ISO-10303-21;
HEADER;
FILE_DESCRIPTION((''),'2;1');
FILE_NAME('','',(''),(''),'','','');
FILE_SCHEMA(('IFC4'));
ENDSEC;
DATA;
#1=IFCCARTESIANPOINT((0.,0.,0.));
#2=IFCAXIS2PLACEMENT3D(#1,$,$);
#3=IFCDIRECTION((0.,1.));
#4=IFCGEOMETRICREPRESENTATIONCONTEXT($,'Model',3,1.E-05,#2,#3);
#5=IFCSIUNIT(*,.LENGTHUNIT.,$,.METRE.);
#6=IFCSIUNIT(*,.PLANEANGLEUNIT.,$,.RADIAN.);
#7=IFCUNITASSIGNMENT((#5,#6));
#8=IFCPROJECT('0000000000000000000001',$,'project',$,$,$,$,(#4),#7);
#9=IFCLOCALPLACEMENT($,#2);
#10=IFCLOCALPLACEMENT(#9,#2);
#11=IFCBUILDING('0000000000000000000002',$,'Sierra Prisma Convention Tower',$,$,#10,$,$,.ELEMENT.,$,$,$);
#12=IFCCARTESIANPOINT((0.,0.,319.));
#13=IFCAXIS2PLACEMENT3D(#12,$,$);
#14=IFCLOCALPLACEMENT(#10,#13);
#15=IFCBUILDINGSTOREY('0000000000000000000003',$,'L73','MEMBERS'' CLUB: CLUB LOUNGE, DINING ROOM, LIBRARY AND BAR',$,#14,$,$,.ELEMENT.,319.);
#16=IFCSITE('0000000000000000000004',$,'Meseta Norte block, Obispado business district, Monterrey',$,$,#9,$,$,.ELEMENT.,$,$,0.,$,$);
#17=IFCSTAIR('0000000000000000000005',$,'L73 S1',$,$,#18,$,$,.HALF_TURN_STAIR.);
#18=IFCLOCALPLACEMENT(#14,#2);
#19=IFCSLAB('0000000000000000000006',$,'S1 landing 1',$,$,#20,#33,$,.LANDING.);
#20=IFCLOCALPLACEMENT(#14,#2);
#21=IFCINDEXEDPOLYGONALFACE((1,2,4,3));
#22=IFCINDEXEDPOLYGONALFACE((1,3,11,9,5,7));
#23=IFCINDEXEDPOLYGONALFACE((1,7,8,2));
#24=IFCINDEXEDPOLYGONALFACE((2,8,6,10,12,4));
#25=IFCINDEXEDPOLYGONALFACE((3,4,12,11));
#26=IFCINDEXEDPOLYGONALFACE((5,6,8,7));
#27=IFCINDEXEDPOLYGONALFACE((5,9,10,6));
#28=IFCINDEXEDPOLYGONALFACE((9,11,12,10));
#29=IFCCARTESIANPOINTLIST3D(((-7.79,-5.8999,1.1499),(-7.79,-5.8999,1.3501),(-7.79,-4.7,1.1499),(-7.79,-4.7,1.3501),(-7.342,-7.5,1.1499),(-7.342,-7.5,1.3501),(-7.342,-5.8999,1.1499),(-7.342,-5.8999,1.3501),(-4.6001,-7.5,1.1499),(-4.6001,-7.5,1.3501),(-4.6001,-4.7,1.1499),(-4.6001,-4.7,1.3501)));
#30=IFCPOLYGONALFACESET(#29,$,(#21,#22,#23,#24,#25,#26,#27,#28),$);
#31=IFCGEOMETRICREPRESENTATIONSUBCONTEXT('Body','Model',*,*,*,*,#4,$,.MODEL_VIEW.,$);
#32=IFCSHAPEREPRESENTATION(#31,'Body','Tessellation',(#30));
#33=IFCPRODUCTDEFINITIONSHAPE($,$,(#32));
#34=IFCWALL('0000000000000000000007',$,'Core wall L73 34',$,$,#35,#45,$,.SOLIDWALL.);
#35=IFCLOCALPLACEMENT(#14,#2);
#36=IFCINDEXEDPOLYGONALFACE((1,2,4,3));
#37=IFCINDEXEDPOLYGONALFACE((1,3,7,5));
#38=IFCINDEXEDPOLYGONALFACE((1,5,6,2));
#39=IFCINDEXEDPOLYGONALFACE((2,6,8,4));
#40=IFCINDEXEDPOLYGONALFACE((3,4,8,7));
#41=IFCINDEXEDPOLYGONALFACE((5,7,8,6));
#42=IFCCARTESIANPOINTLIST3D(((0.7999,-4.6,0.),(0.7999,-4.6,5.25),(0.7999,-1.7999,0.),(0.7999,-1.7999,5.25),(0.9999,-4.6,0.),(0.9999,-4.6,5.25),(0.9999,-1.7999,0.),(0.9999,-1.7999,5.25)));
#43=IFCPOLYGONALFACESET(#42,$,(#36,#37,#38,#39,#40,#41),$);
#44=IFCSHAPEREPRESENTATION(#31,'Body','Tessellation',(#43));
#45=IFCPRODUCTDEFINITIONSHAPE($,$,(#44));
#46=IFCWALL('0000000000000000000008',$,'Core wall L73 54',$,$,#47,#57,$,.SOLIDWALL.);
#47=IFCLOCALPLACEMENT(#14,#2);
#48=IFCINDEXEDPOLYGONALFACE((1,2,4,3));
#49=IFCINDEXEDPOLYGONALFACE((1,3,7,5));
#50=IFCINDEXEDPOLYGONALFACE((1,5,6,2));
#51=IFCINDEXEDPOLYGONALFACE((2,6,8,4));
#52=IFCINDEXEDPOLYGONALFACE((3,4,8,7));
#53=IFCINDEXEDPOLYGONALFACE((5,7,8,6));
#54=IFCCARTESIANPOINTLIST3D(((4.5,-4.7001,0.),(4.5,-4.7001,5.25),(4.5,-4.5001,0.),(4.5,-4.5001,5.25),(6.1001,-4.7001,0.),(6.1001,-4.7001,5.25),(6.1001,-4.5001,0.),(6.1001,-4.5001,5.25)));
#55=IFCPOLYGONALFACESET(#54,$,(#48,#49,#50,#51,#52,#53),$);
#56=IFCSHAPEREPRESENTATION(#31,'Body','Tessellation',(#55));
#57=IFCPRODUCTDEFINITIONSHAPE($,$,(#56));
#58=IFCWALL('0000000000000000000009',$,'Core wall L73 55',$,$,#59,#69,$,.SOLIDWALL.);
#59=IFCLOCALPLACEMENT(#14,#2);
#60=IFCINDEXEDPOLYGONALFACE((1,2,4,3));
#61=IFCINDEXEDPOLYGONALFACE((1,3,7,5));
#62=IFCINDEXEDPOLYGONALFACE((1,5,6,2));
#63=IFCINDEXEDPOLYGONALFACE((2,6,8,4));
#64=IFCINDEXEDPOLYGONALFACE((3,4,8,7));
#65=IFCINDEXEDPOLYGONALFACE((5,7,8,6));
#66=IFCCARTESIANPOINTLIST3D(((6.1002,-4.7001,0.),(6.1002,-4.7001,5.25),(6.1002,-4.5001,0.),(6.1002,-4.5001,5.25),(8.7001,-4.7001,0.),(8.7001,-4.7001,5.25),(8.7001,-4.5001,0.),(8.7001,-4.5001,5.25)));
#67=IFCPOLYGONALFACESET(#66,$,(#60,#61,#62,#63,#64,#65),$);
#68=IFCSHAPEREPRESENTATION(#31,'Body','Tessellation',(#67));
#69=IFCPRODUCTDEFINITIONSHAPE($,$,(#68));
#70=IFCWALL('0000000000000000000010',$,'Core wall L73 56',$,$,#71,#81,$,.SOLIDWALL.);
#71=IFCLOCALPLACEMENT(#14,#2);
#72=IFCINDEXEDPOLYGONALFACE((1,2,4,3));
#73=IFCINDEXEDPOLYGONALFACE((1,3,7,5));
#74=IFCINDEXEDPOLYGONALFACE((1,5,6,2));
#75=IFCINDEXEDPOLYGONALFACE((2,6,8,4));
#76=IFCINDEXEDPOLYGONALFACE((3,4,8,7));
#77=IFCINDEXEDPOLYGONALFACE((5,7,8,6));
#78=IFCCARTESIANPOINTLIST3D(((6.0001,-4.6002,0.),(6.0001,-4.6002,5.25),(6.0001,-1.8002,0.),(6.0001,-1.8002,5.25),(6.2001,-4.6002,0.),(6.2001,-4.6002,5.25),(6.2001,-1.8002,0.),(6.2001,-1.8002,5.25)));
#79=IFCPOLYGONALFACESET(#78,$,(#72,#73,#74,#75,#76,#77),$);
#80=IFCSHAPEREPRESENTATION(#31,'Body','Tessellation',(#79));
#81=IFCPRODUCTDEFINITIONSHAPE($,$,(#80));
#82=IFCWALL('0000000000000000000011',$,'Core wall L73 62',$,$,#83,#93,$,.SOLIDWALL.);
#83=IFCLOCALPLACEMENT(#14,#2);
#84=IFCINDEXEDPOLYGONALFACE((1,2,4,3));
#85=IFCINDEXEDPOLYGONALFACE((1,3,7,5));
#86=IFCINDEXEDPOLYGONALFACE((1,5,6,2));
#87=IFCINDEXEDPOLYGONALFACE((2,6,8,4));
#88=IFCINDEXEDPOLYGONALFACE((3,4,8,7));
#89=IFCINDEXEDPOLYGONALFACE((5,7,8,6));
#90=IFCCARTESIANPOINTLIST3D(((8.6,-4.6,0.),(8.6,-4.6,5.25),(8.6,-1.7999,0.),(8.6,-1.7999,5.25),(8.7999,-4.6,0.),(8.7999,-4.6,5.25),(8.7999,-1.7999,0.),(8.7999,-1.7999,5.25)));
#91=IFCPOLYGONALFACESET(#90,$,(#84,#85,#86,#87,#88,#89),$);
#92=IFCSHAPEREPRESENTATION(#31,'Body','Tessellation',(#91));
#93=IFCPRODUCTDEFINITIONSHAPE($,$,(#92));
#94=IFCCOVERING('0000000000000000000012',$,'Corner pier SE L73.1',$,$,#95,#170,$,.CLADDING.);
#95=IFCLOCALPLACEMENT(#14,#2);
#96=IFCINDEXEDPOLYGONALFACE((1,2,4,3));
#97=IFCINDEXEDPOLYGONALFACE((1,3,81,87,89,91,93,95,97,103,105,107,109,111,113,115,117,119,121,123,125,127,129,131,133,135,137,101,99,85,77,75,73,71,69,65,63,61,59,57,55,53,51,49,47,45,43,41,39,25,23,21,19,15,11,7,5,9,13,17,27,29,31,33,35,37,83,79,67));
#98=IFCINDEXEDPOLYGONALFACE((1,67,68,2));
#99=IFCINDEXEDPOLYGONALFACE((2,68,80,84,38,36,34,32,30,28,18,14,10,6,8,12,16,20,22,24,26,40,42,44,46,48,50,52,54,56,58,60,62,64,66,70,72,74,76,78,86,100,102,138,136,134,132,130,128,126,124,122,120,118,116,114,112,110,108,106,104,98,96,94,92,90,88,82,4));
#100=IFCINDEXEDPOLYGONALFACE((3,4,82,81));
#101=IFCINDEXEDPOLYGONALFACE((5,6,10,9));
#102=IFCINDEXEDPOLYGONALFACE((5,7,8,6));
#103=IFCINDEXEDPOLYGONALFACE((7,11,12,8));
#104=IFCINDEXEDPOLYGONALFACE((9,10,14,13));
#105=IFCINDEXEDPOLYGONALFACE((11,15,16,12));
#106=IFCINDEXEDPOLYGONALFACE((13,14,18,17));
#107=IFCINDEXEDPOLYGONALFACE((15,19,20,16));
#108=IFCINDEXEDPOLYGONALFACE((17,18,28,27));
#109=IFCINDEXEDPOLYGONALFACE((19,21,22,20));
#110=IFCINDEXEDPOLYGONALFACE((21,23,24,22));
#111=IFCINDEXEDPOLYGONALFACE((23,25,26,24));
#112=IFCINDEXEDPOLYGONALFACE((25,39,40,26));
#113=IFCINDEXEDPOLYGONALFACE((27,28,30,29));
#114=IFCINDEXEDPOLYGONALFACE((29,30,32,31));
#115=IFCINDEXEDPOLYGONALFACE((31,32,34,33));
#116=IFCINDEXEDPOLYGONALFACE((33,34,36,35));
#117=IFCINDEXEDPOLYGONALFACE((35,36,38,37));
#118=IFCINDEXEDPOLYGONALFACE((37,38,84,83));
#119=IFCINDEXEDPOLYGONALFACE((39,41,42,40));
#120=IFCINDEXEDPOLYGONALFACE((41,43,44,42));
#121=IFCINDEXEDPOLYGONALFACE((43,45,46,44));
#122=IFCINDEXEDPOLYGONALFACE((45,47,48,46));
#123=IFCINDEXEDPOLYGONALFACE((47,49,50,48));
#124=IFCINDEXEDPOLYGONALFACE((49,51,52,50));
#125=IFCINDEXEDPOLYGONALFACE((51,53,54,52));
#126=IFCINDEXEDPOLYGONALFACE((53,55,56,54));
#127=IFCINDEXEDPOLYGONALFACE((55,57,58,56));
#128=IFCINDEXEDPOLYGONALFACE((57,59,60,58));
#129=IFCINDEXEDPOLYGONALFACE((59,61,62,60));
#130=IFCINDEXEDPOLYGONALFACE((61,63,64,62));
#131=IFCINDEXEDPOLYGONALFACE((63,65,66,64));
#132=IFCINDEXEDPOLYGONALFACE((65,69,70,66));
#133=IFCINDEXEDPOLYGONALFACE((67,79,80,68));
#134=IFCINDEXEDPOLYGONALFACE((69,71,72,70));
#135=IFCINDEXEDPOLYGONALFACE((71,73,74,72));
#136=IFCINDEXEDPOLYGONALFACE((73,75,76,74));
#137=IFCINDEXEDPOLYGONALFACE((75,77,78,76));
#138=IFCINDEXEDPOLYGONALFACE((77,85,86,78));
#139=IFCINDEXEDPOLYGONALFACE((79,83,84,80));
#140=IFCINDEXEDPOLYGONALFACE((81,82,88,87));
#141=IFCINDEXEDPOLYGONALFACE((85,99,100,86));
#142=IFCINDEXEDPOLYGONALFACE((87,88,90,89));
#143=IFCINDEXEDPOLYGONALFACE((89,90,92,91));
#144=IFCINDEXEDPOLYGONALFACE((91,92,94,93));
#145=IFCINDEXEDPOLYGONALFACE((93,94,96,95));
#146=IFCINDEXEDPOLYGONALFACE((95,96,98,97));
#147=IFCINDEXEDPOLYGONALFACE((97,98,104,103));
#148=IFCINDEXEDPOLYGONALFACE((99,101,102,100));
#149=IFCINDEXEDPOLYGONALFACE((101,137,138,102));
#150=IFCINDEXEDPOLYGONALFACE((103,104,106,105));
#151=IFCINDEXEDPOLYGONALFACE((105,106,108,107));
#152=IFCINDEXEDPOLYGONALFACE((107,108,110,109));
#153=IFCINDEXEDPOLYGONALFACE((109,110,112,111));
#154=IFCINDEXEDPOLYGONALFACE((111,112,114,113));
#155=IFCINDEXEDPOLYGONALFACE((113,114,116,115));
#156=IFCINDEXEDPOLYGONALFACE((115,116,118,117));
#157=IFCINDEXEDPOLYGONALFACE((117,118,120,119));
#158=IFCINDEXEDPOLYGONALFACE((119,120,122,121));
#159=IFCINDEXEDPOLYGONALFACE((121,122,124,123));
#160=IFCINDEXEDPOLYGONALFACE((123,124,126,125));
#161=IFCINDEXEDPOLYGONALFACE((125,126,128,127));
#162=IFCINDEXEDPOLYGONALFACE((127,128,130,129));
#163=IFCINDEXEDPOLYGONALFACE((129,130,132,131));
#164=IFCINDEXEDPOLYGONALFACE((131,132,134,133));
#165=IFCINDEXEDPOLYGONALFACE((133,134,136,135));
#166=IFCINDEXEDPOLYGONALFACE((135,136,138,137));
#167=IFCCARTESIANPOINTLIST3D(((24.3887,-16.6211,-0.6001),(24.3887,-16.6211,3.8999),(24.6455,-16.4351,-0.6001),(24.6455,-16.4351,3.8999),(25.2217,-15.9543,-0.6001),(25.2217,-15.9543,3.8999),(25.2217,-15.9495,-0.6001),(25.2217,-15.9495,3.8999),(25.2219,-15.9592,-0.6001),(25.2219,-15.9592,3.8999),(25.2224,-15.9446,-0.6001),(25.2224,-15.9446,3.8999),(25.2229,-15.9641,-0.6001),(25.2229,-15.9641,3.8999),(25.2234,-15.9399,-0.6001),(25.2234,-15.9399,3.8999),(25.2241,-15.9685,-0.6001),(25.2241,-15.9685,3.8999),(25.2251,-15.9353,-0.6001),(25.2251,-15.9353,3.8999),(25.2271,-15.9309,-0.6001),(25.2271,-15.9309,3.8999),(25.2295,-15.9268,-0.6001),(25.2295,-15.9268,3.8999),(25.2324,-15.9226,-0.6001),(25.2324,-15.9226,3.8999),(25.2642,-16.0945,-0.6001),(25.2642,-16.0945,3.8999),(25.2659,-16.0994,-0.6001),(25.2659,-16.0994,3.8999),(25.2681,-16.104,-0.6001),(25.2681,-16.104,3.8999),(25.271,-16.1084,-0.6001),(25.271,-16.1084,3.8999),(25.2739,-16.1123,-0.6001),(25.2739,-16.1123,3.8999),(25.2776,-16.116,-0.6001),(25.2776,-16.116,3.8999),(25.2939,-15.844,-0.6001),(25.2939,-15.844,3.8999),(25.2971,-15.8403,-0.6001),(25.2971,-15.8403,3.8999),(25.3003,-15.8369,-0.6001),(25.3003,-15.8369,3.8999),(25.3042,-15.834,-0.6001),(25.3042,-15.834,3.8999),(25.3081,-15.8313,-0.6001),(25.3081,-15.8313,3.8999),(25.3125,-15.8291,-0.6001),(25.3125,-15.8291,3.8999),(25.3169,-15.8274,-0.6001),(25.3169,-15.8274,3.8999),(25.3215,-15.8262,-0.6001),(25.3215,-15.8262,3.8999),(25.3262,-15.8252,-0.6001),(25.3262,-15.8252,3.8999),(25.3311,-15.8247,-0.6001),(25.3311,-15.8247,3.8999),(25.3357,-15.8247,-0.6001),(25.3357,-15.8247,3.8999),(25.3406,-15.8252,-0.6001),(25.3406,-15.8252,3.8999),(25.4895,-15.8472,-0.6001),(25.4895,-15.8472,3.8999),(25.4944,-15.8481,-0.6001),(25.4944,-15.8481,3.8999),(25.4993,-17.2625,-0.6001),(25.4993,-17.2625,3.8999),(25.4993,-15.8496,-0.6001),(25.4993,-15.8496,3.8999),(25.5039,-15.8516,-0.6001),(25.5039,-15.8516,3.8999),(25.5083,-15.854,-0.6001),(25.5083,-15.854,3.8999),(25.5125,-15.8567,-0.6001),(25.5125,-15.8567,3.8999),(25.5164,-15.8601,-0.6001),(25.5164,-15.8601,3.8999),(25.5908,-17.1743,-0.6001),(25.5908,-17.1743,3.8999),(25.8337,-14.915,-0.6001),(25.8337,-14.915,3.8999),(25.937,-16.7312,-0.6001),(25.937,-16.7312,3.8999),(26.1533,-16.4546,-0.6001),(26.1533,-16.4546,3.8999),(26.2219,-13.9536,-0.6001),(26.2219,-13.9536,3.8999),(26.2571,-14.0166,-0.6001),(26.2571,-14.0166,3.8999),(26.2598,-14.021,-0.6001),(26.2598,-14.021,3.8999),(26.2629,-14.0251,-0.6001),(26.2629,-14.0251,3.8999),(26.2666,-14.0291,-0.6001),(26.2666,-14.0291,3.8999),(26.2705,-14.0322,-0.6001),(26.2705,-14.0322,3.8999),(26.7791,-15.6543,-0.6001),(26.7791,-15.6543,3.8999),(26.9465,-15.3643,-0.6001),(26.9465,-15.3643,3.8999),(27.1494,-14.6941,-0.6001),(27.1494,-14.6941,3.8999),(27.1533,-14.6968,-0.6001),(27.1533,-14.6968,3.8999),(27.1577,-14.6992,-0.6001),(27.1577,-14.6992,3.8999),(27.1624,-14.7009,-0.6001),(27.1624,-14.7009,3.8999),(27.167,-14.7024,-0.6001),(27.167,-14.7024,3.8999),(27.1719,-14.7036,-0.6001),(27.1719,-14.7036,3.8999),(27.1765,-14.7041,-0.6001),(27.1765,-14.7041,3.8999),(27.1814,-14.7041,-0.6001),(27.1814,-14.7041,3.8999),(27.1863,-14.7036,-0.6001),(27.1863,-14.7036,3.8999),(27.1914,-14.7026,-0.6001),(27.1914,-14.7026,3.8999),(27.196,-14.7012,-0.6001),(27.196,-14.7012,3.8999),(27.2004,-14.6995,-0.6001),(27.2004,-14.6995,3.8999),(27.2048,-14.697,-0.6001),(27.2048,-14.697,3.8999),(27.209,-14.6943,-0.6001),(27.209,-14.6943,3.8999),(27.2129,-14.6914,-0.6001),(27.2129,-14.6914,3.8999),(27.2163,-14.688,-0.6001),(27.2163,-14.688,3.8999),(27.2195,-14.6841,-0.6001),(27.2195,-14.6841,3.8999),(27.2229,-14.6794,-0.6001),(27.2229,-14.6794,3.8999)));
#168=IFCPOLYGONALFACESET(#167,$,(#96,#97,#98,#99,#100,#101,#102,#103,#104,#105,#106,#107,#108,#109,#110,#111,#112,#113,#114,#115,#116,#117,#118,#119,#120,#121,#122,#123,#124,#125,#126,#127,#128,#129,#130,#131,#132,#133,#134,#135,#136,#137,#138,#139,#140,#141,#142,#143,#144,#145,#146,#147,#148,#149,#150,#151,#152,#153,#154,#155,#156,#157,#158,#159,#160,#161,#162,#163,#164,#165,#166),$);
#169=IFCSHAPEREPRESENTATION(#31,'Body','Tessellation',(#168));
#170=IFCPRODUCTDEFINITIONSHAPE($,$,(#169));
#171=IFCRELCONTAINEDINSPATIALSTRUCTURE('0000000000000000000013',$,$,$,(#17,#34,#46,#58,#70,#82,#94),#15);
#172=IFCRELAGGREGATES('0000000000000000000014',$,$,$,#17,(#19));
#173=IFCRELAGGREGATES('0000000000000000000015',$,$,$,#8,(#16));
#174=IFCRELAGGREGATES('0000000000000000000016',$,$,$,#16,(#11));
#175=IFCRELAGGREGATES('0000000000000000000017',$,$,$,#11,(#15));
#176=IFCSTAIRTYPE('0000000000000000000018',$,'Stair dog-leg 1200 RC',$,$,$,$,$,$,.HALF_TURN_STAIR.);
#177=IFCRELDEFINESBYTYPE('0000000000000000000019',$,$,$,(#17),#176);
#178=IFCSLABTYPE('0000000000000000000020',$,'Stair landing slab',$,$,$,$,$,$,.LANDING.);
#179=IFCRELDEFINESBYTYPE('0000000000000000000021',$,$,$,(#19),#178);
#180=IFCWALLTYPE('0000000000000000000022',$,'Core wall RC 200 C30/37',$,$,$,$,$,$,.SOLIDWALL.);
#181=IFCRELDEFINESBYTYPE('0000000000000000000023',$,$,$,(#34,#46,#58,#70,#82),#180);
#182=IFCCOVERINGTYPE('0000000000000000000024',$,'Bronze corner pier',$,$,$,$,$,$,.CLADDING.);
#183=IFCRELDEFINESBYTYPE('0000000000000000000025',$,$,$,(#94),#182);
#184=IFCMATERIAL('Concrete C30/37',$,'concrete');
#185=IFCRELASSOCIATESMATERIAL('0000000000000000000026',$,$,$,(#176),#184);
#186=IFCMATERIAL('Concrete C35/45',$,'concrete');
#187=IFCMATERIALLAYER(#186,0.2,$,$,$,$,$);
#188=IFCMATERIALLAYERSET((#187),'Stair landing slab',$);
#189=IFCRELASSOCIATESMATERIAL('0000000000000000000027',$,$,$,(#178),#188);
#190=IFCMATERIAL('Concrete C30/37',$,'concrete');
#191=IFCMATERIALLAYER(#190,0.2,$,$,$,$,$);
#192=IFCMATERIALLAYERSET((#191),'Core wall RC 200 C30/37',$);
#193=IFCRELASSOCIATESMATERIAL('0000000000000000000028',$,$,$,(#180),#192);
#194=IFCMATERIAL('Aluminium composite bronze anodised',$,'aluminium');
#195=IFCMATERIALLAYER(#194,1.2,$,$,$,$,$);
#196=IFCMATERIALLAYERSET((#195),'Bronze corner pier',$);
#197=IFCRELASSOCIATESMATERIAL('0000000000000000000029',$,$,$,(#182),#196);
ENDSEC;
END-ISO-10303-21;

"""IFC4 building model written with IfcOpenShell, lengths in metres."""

from ifc_helpers import new_model, si_unit, direction, frame, frame_2d, origin, place, context, subcontext, project, spatial, polyline, rectangle, outline, extrude, material, layer, layer_set, type_object, element, aggregate, save


model = new_model("IFC4")

# Units and contexts
model_context = context("Model", 3, precision=1e-05, world=origin(), true_north=direction((0.0, 1.0)))
body_context = subcontext(model_context, "Body", "Model", "MODEL_VIEW")
ifc_project = project(units=[si_unit("LENGTHUNIT", "METRE"), si_unit("PLANEANGLEUNIT", "RADIAN")], contexts=[model_context])

# Site, building, storey
site_placement = place(None, origin())
site = spatial("IfcSite", under=ifc_project, at=site_placement, Name="Meseta Norte block, Obispado business district, Monterrey", CompositionType="ELEMENT", RefElevation=0.0)
building_placement = place(site_placement, origin())
building = spatial("IfcBuilding", under=site, at=building_placement, Name="Sierra Prisma Convention Tower", CompositionType="ELEMENT")
storey_placement = place(building_placement, frame((0.0, 0.0, 319.0)))
storey = spatial("IfcBuildingStorey", under=building, at=storey_placement, Name="L73", Description="MEMBERS' CLUB: CLUB LOUNGE, DINING ROOM, LIBRARY AND BAR", CompositionType="ELEMENT", Elevation=319.0)

# Stair, slab
ifc_material_1 = material(Name="Concrete C30/37", Category="concrete")
stair_type = type_object("IfcStairType", Name="Stair dog-leg 1200 RC", PredefinedType="HALF_TURN_STAIR", material=ifc_material_1)
stair_placement = place(storey_placement, origin())
stair = element("IfcStair", 1, at=stair_placement, inside=storey, type_object=stair_type, Name="L73 S1", PredefinedType="HALF_TURN_STAIR")
ifc_material_2 = material(Name="Concrete C35/45", Category="concrete")
ifc_layer_1 = layer(ifc_material_2, 0.2)
ifc_layer_set_1 = layer_set([ifc_layer_1], Name="Stair landing slab")
slab_type = type_object("IfcSlabType", Name="Stair landing slab", PredefinedType="LANDING", material=ifc_layer_set_1)
slab_placement = place(storey_placement, frame((0.0, 0.0, 1.1499)))
slab = element("IfcSlab", 2, at=slab_placement, type_object=slab_type, Name="S1 landing 1", PredefinedType="LANDING", context=body_context, shape_type="SweptSolid", body=[
    extrude(outline(polyline([(-4.6001, -4.7), (-4.6001, -7.5), (-7.342, -7.5), (-7.342, -5.8999), (-7.79, -5.8999), (-7.79, -4.7), (-4.6001, -4.7)])), origin(), (0.0, 0.0, 1.0), 0.2002),
])
aggregate(stair, [slab])

# Shared definitions
ifc_material_3 = material(Name="Concrete C30/37", Category="concrete")
ifc_layer_2 = layer(ifc_material_3, 0.2)
ifc_layer_set_2 = layer_set([ifc_layer_2], Name="Core wall RC 200 C30/37")
wall_type = type_object("IfcWallType", Name="Core wall RC 200 C30/37", PredefinedType="SOLIDWALL", material=ifc_layer_set_2)

# Wall
wall_1_placement = place(storey_placement, frame((0.8999, -1.8, 0.0), z_axis=(0.0, 0.0, 1.0), x_axis=(0.0, -1.0, 0.0)))
element("IfcWall", 3, at=wall_1_placement, inside=storey, type_object=wall_type, Name="Core wall L73 34", PredefinedType="SOLIDWALL", context=body_context, shape_type="SweptSolid", body=[
    extrude(rectangle(XDim=2.8, YDim=0.2, at=frame_2d((1.3999, 0.0))), origin(), (0.0, 0.0, 1.0), 5.25),
])

# Walls
wall_2_placement = place(storey_placement, frame((6.1001, -4.6001, 0.0), z_axis=(0.0, 0.0, 1.0), x_axis=(-1.0, 0.0, 0.0)))
element("IfcWall", 4, at=wall_2_placement, inside=storey, type_object=wall_type, Name="Core wall L73 54", PredefinedType="SOLIDWALL", context=body_context, shape_type="SweptSolid", body=[
    extrude(rectangle(XDim=1.6001, YDim=0.2, at=frame_2d((0.8, 0.0))), origin(), (0.0, 0.0, 1.0), 5.25),
])
wall_3_placement = place(storey_placement, frame((8.7, -4.6001, 0.0), z_axis=(0.0, 0.0, 1.0), x_axis=(-1.0, 0.0, 0.0)))
element("IfcWall", 5, at=wall_3_placement, inside=storey, type_object=wall_type, Name="Core wall L73 55", PredefinedType="SOLIDWALL", context=body_context, shape_type="SweptSolid", body=[
    extrude(rectangle(XDim=2.5999, YDim=0.2, at=frame_2d((1.2998, 0.0))), origin(), (0.0, 0.0, 1.0), 5.25),
])
wall_4_placement = place(storey_placement, frame((6.1001, -4.6001, 0.0), z_axis=(0.0, 0.0, 1.0), x_axis=(0.0, 1.0, 0.0)))
element("IfcWall", 6, at=wall_4_placement, inside=storey, type_object=wall_type, Name="Core wall L73 56", PredefinedType="SOLIDWALL", context=body_context, shape_type="SweptSolid", body=[
    extrude(rectangle(XDim=2.8, YDim=0.2, at=frame_2d((1.3999, 0.0))), origin(), (0.0, 0.0, 1.0), 5.25),
])

# Wall
wall_5_placement = place(storey_placement, frame((8.7, -1.8, 0.0), z_axis=(0.0, 0.0, 1.0), x_axis=(0.0, -1.0, 0.0)))
element("IfcWall", 7, at=wall_5_placement, inside=storey, type_object=wall_type, Name="Core wall L73 62", PredefinedType="SOLIDWALL", context=body_context, shape_type="SweptSolid", body=[
    extrude(rectangle(XDim=2.8, YDim=0.2, at=frame_2d((1.3999, 0.0))), origin(), (0.0, 0.0, 1.0), 5.25),
])

# Covering
ifc_material_4 = material(Name="Aluminium composite bronze anodised", Category="aluminium")
ifc_layer_3 = layer(ifc_material_4, 1.2)
ifc_layer_set_3 = layer_set([ifc_layer_3], Name="Bronze corner pier")
covering_type_1 = type_object("IfcCoveringType", Name="Bronze corner pier", PredefinedType="CLADDING", material=ifc_layer_set_3)
covering_1_placement = place(storey_placement, frame((0.0, 0.0, -0.6001)))
element("IfcCovering", 8, at=covering_1_placement, inside=storey, type_object=covering_type_1, Name="Corner pier SE L73.1", PredefinedType="CLADDING", context=body_context, shape_type="SweptSolid", body=[
    extrude(outline(polyline([(25.3003, -15.8369), (25.2971, -15.8403), (25.2939, -15.844), (25.2324, -15.9226), (25.2295, -15.9268), (25.2271, -15.9309), (25.2251, -15.9353), (25.2234, -15.9399), (25.2224, -15.9446), (25.2217, -15.9495), (25.2217, -15.9543), (25.2219, -15.9592), (25.2229, -15.9641), (25.2241, -15.9685), (25.2642, -16.0945), (25.2659, -16.0994), (25.2681, -16.104), (25.271, -16.1084), (25.2739, -16.1123), (25.2776, -16.116), (25.937, -16.7312), (25.5908, -17.1743), (25.4993, -17.2625), (24.3887, -16.6211), (24.6455, -16.4351), (25.8337, -14.915), (26.2219, -13.9536), (26.2571, -14.0166), (26.2598, -14.021), (26.2629, -14.0251), (26.2666, -14.0291), (26.2705, -14.0322), (27.1494, -14.6941), (27.1533, -14.6968), (27.1577, -14.6992), (27.1624, -14.7009), (27.167, -14.7024), (27.1719, -14.7036), (27.1765, -14.7041), (27.1814, -14.7041), (27.1863, -14.7036), (27.1914, -14.7026), (27.196, -14.7012), (27.2004, -14.6995), (27.2048, -14.697), (27.209, -14.6943), (27.2129, -14.6914), (27.2163, -14.688), (27.2195, -14.6841), (27.2229, -14.6794), (26.9465, -15.3643), (26.7791, -15.6543), (26.1533, -16.4546), (25.5164, -15.8601), (25.5125, -15.8567), (25.5083, -15.854), (25.5039, -15.8516), (25.4993, -15.8496), (25.4944, -15.8481), (25.4895, -15.8472), (25.3406, -15.8252), (25.3357, -15.8247), (25.3311, -15.8247), (25.3262, -15.8252), (25.3215, -15.8262), (25.3169, -15.8274), (25.3125, -15.8291), (25.3081, -15.8313), (25.3042, -15.834), (25.3003, -15.8369)])), origin(), (0.0, 0.0, 1.0), 4.5),
])

save(model, "model.ifc")
